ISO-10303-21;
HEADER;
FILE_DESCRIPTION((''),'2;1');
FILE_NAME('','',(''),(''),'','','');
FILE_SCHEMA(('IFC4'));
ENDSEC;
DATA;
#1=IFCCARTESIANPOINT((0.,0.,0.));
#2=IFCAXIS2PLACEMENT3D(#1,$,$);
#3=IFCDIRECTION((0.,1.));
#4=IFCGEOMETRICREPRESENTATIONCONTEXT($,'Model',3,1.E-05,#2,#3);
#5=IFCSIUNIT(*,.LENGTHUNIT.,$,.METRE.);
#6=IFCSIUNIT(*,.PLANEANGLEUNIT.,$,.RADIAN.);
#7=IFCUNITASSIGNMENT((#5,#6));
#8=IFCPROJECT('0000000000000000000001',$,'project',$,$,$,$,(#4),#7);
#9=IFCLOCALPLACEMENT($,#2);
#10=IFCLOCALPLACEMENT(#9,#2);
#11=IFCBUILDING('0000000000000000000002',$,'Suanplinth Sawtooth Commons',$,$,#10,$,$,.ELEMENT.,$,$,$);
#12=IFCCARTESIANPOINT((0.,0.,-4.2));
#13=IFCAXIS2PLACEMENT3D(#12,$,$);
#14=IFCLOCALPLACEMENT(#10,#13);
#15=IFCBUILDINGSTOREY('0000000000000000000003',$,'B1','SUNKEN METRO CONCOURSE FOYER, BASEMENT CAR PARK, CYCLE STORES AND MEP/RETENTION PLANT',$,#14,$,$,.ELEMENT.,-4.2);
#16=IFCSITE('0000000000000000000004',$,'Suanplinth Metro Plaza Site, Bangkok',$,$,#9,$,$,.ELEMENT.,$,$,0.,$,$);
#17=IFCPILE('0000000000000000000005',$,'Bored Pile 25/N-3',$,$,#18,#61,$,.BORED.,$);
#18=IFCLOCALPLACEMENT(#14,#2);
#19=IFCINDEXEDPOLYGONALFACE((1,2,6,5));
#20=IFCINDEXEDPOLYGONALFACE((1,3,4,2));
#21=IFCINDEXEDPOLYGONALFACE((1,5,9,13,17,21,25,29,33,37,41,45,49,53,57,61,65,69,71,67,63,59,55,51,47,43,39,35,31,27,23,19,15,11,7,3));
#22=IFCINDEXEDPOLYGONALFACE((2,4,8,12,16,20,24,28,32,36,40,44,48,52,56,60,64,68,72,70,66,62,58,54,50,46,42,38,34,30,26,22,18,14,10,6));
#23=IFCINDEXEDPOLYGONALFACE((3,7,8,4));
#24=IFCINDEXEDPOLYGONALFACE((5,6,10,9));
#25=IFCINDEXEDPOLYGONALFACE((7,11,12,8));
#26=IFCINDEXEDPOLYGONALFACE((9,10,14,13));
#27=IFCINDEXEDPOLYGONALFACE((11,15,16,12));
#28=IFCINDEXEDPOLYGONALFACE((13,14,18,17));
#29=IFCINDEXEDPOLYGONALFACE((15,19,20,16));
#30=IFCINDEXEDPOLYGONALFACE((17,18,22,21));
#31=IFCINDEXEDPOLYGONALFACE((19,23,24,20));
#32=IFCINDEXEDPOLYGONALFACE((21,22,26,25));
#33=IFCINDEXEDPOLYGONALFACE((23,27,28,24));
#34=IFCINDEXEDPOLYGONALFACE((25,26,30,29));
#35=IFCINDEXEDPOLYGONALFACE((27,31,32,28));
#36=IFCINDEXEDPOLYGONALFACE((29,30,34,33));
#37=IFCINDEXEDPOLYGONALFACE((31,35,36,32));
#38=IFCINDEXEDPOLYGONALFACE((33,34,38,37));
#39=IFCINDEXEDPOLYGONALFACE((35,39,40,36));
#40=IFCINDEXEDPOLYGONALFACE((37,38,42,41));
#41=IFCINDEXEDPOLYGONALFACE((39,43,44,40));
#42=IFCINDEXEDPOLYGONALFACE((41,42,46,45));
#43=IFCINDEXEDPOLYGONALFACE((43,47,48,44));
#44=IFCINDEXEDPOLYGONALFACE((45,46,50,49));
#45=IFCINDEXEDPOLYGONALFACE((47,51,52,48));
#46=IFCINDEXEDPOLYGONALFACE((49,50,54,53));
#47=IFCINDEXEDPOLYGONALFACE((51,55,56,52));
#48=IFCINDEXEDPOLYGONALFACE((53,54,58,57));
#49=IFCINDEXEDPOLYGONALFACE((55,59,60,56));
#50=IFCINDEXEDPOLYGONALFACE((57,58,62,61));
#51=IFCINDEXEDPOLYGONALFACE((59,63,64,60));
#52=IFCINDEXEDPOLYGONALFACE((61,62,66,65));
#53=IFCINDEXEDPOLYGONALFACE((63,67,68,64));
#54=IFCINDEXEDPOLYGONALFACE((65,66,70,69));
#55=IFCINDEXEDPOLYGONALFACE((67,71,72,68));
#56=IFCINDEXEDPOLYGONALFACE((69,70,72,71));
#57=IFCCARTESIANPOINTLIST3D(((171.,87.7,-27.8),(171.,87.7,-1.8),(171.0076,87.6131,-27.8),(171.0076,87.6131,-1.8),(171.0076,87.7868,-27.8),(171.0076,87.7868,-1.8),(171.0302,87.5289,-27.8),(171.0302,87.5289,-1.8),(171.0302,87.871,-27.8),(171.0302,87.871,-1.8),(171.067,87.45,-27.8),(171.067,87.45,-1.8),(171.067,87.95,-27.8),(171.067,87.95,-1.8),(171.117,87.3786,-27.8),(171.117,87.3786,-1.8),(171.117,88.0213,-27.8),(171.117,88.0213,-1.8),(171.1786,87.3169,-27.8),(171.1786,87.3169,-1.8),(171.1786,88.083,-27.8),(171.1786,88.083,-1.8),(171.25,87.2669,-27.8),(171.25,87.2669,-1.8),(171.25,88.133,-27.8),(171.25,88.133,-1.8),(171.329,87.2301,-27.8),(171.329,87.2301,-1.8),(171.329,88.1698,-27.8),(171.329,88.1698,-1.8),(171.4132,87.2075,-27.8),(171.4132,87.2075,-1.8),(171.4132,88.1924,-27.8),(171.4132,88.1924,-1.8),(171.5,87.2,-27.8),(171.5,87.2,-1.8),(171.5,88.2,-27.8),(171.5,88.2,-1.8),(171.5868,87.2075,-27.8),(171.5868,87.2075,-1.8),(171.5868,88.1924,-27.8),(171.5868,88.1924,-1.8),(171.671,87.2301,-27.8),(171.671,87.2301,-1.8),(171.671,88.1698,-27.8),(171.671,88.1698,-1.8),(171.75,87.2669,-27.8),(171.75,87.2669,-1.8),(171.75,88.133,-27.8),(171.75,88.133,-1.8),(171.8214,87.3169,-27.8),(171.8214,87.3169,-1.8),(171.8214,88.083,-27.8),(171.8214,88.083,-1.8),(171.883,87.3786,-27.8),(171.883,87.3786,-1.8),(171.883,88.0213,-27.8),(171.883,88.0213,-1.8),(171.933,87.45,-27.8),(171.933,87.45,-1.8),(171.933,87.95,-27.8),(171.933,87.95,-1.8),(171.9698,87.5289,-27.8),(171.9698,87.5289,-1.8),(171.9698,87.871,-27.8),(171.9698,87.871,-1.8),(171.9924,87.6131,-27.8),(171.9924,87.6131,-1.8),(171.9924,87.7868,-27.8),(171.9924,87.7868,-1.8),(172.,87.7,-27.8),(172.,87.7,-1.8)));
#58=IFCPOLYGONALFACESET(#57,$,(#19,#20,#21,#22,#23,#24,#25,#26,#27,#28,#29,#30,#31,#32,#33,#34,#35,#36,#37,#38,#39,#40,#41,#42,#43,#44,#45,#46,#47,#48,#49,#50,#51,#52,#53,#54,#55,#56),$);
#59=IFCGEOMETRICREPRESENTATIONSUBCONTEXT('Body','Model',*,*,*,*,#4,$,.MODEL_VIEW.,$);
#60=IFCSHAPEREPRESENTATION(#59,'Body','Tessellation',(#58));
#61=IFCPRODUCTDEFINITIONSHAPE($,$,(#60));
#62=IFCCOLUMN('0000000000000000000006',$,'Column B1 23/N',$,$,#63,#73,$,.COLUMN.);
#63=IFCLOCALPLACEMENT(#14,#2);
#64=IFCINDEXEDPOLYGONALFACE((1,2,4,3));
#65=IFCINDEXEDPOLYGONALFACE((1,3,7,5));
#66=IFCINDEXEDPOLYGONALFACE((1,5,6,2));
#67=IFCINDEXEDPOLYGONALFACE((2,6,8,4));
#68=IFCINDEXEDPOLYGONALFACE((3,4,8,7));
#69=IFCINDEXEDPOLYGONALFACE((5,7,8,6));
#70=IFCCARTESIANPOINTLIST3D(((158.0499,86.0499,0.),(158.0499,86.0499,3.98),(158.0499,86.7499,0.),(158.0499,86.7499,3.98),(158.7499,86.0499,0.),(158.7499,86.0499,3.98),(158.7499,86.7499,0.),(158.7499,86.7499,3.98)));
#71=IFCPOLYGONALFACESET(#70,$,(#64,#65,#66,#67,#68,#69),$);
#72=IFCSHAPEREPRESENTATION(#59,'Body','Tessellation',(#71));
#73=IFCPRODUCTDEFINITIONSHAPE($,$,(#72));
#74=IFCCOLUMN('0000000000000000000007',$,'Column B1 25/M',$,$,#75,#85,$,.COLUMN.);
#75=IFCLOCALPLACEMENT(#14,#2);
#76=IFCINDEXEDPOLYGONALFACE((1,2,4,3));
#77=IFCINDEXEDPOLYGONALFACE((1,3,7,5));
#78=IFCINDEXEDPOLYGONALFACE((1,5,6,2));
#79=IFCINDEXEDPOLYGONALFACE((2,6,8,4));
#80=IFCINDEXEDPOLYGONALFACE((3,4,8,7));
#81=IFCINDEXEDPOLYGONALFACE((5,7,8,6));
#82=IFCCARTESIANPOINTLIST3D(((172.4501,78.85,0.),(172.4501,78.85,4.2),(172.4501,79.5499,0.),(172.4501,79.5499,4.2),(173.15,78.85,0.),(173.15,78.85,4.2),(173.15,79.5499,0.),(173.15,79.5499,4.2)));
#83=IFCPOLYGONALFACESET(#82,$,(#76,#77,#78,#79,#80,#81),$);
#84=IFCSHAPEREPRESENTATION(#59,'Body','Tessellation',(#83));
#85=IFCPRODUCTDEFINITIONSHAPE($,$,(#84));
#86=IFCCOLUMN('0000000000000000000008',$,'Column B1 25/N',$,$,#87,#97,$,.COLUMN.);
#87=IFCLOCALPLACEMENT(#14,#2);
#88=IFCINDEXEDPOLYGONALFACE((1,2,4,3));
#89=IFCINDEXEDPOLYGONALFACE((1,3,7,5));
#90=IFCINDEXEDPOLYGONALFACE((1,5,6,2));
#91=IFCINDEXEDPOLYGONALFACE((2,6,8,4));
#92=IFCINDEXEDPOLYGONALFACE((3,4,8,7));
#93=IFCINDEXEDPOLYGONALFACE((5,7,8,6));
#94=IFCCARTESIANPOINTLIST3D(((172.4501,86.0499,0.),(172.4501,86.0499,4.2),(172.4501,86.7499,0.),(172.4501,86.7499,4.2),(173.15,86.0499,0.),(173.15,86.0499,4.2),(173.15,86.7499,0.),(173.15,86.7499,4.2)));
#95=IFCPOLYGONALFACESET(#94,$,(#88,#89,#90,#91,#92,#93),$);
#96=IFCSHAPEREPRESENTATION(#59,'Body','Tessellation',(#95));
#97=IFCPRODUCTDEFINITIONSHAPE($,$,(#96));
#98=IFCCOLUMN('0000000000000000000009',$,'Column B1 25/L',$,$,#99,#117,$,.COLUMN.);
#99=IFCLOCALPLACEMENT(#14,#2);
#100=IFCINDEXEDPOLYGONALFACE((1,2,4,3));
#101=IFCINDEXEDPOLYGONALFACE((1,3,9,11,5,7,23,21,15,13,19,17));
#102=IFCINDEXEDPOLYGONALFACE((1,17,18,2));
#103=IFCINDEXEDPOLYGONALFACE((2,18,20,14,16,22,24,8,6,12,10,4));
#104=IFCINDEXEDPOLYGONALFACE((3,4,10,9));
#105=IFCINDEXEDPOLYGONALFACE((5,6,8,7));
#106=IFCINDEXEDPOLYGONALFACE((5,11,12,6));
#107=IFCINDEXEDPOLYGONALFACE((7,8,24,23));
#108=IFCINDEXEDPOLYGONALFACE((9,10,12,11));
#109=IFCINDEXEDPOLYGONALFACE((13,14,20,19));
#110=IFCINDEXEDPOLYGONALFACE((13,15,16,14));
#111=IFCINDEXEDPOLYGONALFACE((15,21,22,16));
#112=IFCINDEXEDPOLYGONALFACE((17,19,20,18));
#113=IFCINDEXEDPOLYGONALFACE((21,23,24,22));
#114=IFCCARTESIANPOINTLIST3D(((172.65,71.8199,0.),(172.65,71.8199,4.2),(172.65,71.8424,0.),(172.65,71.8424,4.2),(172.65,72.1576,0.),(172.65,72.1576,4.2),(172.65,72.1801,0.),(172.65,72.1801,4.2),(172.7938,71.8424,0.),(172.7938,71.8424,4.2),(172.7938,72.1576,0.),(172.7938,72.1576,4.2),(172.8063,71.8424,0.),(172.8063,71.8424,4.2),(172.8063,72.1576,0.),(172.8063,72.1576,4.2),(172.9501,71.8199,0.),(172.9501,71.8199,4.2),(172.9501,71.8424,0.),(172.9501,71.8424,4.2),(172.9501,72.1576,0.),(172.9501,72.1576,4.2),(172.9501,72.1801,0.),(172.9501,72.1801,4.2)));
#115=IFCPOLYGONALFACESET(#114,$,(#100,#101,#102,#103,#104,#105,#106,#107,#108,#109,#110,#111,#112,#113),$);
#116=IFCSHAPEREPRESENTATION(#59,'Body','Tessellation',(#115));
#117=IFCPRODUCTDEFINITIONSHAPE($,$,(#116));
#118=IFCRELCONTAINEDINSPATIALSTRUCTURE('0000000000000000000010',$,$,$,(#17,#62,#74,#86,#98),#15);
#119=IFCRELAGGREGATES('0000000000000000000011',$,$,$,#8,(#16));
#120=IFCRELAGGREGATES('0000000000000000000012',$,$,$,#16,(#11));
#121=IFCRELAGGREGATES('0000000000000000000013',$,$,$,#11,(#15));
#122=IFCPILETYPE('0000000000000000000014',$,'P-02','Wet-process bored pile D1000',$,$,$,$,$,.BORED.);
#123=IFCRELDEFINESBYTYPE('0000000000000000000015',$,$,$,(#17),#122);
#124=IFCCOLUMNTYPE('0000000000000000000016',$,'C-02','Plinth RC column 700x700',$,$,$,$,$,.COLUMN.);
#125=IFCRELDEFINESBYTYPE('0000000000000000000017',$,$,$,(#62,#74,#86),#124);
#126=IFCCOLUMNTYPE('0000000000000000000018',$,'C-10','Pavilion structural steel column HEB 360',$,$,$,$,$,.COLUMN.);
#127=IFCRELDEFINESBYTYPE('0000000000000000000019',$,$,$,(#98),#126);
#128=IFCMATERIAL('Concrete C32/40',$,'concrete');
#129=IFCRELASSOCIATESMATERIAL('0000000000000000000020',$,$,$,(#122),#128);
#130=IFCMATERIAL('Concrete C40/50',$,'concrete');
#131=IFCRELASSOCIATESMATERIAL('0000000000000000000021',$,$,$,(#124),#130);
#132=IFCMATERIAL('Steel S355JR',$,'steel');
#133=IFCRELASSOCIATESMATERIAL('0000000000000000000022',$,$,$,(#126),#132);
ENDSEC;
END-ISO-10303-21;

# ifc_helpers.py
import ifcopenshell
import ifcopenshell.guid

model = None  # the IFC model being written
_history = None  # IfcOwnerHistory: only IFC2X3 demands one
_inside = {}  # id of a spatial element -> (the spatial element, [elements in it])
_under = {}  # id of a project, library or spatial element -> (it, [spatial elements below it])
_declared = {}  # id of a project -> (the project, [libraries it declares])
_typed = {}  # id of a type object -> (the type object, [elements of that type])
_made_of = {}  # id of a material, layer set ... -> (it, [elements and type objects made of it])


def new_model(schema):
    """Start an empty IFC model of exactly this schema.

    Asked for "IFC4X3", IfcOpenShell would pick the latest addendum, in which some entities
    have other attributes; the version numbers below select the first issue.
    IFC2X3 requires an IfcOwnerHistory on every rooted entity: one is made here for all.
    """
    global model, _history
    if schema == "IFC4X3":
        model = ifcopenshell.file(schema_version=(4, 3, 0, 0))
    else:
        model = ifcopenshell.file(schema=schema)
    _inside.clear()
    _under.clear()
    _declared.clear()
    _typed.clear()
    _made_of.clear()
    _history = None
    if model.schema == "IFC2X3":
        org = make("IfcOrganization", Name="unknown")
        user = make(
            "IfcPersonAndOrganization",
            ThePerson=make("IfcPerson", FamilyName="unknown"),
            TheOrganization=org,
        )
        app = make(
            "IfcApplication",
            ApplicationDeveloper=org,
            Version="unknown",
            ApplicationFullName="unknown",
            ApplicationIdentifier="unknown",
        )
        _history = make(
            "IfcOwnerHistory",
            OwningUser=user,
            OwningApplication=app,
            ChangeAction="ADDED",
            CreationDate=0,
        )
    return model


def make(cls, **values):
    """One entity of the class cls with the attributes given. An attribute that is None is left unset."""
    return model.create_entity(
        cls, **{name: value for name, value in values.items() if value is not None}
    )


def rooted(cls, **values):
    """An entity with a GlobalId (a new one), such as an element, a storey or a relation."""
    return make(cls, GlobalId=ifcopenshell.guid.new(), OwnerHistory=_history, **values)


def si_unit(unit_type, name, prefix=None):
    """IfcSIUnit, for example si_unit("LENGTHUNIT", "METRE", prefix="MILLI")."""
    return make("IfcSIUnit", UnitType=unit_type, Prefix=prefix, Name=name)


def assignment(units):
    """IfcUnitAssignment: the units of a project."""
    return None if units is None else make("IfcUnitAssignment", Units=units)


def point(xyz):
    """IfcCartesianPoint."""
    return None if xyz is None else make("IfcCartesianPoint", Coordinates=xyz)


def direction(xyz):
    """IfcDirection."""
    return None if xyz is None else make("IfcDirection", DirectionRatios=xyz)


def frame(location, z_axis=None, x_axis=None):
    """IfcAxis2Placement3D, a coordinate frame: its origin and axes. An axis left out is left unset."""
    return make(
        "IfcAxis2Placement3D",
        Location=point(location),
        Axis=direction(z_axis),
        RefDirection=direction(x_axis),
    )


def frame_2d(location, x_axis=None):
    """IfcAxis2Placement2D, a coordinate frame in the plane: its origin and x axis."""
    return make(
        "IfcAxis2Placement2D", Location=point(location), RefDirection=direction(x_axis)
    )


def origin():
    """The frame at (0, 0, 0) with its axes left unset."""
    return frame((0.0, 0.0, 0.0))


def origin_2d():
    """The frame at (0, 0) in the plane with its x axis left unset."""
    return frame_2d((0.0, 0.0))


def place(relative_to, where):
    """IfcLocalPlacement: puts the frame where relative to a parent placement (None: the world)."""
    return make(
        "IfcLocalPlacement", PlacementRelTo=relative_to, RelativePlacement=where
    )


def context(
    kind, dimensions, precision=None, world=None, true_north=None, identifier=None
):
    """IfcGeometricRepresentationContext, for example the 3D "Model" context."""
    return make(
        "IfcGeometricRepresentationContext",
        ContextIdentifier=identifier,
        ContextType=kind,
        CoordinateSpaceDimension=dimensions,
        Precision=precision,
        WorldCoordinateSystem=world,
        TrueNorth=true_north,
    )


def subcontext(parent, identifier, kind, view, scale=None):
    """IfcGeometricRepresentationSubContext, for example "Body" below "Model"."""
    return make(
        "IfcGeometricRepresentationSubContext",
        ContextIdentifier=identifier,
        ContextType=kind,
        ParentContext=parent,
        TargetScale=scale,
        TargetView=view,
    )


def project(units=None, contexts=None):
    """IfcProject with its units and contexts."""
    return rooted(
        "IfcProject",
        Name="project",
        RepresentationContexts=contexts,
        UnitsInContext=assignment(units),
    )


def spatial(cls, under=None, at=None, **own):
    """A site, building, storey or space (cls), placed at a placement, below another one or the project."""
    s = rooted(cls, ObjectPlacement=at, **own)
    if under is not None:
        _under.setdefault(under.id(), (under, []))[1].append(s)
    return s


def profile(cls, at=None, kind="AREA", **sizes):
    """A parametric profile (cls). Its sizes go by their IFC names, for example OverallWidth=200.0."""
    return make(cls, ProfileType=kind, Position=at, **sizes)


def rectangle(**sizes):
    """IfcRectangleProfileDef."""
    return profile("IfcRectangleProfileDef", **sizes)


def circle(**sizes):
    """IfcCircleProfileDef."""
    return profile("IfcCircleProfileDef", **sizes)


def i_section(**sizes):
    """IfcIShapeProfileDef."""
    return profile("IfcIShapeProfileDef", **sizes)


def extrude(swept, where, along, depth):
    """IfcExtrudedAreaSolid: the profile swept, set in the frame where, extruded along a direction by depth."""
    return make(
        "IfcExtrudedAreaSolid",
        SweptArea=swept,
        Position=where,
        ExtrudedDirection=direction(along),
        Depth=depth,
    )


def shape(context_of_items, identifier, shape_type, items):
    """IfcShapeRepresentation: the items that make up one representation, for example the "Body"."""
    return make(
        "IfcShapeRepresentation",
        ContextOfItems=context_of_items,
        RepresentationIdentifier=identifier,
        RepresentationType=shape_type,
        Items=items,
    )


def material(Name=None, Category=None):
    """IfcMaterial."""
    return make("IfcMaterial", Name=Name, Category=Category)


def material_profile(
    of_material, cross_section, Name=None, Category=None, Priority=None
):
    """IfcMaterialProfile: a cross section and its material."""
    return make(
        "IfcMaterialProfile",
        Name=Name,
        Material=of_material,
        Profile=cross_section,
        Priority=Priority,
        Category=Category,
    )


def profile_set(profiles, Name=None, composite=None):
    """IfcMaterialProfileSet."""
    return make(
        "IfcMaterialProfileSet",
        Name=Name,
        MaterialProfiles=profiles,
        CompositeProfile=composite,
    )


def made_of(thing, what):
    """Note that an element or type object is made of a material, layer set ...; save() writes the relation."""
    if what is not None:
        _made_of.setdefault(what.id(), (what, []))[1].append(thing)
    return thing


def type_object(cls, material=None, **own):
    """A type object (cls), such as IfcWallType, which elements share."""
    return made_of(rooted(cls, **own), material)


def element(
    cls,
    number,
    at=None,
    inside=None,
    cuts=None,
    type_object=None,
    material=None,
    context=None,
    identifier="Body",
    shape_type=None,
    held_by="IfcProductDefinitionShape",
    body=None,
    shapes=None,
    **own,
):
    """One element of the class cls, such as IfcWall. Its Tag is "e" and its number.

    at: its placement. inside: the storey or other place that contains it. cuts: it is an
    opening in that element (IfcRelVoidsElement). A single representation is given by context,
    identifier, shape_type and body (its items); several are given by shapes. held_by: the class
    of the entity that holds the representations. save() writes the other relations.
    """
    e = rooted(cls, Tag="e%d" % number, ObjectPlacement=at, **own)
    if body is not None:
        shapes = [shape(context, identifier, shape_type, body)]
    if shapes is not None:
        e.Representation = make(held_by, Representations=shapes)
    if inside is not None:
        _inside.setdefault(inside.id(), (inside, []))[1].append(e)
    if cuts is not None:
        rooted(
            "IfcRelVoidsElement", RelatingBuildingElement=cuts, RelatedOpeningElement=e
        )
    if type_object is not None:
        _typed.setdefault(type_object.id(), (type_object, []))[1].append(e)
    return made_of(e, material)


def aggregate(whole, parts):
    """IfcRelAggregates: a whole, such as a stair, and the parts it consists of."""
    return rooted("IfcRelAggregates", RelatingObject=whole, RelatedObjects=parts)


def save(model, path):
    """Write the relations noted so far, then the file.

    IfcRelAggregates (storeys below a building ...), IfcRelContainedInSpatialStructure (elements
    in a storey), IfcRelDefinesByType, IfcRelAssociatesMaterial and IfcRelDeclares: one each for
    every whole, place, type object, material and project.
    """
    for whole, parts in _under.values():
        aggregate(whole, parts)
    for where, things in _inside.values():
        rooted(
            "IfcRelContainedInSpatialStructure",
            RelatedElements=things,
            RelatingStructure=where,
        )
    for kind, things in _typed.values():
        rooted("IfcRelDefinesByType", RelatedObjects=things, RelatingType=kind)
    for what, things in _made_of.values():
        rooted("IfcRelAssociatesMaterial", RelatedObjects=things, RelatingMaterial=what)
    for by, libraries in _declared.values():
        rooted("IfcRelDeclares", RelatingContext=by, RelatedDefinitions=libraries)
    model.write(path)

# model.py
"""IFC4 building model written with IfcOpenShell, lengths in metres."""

from ifc_helpers import new_model, si_unit, direction, frame, origin, origin_2d, place, context, subcontext, project, spatial, rectangle, circle, i_section, extrude, material, material_profile, profile_set, type_object, element, save


model = new_model("IFC4")

# Units and contexts
model_context = context("Model", 3, precision=1e-05, world=origin(), true_north=direction((0.0, 1.0)))
body_context = subcontext(model_context, "Body", "Model", "MODEL_VIEW")
ifc_project = project(units=[si_unit("LENGTHUNIT", "METRE"), si_unit("PLANEANGLEUNIT", "RADIAN")], contexts=[model_context])

# Site, building, storey
site_placement = place(None, origin())
site = spatial("IfcSite", under=ifc_project, at=site_placement, Name="Suanplinth Metro Plaza Site, Bangkok", CompositionType="ELEMENT", RefElevation=0.0)
building_placement = place(site_placement, origin())
building = spatial("IfcBuilding", under=site, at=building_placement, Name="Suanplinth Sawtooth Commons", CompositionType="ELEMENT")
storey_placement = place(building_placement, frame((0.0, 0.0, -4.2)))
storey = spatial("IfcBuildingStorey", under=building, at=storey_placement, Name="B1", Description="SUNKEN METRO CONCOURSE FOYER, BASEMENT CAR PARK, CYCLE STORES AND MEP/RETENTION PLANT", CompositionType="ELEMENT", Elevation=-4.2)

# Pile
ifc_material_1 = material(Name="Concrete C32/40", Category="concrete")
ifc_material_profile_1 = material_profile(ifc_material_1, circle(Radius=0.5, at=origin_2d()), Name="PILE D1000")
ifc_profile_set_1 = profile_set([ifc_material_profile_1], Name="Concrete C32/40")
pile_type = type_object("IfcPileType", Name="P-02", Description="Wet-process bored pile D1000", PredefinedType="BORED", material=ifc_profile_set_1)
for number, where, z_axis, x_axis, name in (
    (1, (171.5, 87.7, -1.8), (0.0, 0.0, -1.0), (1.0, 0.0, 0.0), "Bored Pile 25/N-3"),
):
    element("IfcPile", number, at=place(storey_placement, frame(where, z_axis=z_axis, x_axis=x_axis)), inside=storey, type_object=pile_type, Name=name, PredefinedType="BORED", context=body_context, shape_type="SweptSolid", body=[
        extrude(circle(Radius=0.5, at=origin_2d()), origin(), (0.0, 0.0, 1.0), 26.0),
    ])

# Columns
ifc_material_2 = material(Name="Concrete C40/50", Category="concrete")
ifc_material_profile_2 = material_profile(ifc_material_2, rectangle(XDim=0.7, YDim=0.7, at=origin_2d()), Name="RC-COL 700x700")
ifc_profile_set_2 = profile_set([ifc_material_profile_2], Name="Concrete C40/50")
column_type_1 = type_object("IfcColumnType", Name="C-02", Description="Plinth RC column 700x700", PredefinedType="COLUMN", material=ifc_profile_set_2)
column_1_placement = place(storey_placement, frame((158.3999, 86.3999, 0.0), z_axis=(0.0, 0.0, 1.0), x_axis=(1.0, 0.0, 0.0)))
element("IfcColumn", 2, at=column_1_placement, inside=storey, type_object=column_type_1, Name="Column B1 23/N", PredefinedType="COLUMN", context=body_context, shape_type="SweptSolid", body=[
    extrude(rectangle(XDim=0.7, YDim=0.7, at=origin_2d()), origin(), (0.0, 0.0, 1.0), 3.98),
])
for number, where, z_axis, x_axis, name in (
    (3, (172.8, 79.2, 0.0), (0.0, 0.0, 1.0), (1.0, 0.0, 0.0), "Column B1 25/M"),
    (4, (172.8, 86.3999, 0.0), (0.0, 0.0, 1.0), (1.0, 0.0, 0.0), "Column B1 25/N"),
):
    element("IfcColumn", number, at=place(storey_placement, frame(where, z_axis=z_axis, x_axis=x_axis)), inside=storey, type_object=column_type_1, Name=name, PredefinedType="COLUMN", context=body_context, shape_type="SweptSolid", body=[
        extrude(rectangle(XDim=0.7, YDim=0.7, at=origin_2d()), origin(), (0.0, 0.0, 1.0), 4.2),
    ])
ifc_material_3 = material(Name="Steel S355JR", Category="steel")
ifc_material_profile_3 = material_profile(ifc_material_3, i_section(OverallWidth=0.3, OverallDepth=0.3601, WebThickness=0.0125, FlangeThickness=0.0225, at=origin_2d()), Name="HEB 360")
ifc_profile_set_3 = profile_set([ifc_material_profile_3], Name="Steel S355JR")
column_type_2 = type_object("IfcColumnType", Name="C-10", Description="Pavilion structural steel column HEB 360", PredefinedType="COLUMN", material=ifc_profile_set_3)
column_2_placement = place(storey_placement, frame((172.8, 72.0, 0.0), z_axis=(0.0, 0.0, 1.0), x_axis=(1.0, 0.0, 0.0)))
element("IfcColumn", 5, at=column_2_placement, inside=storey, type_object=column_type_2, Name="Column B1 25/L", PredefinedType="COLUMN", context=body_context, shape_type="SweptSolid", body=[
    extrude(i_section(OverallWidth=0.3, OverallDepth=0.3601, WebThickness=0.0125, FlangeThickness=0.0225, at=origin_2d()), origin(), (0.0, 0.0, 1.0), 4.2),
])

save(model, "model.ifc")
